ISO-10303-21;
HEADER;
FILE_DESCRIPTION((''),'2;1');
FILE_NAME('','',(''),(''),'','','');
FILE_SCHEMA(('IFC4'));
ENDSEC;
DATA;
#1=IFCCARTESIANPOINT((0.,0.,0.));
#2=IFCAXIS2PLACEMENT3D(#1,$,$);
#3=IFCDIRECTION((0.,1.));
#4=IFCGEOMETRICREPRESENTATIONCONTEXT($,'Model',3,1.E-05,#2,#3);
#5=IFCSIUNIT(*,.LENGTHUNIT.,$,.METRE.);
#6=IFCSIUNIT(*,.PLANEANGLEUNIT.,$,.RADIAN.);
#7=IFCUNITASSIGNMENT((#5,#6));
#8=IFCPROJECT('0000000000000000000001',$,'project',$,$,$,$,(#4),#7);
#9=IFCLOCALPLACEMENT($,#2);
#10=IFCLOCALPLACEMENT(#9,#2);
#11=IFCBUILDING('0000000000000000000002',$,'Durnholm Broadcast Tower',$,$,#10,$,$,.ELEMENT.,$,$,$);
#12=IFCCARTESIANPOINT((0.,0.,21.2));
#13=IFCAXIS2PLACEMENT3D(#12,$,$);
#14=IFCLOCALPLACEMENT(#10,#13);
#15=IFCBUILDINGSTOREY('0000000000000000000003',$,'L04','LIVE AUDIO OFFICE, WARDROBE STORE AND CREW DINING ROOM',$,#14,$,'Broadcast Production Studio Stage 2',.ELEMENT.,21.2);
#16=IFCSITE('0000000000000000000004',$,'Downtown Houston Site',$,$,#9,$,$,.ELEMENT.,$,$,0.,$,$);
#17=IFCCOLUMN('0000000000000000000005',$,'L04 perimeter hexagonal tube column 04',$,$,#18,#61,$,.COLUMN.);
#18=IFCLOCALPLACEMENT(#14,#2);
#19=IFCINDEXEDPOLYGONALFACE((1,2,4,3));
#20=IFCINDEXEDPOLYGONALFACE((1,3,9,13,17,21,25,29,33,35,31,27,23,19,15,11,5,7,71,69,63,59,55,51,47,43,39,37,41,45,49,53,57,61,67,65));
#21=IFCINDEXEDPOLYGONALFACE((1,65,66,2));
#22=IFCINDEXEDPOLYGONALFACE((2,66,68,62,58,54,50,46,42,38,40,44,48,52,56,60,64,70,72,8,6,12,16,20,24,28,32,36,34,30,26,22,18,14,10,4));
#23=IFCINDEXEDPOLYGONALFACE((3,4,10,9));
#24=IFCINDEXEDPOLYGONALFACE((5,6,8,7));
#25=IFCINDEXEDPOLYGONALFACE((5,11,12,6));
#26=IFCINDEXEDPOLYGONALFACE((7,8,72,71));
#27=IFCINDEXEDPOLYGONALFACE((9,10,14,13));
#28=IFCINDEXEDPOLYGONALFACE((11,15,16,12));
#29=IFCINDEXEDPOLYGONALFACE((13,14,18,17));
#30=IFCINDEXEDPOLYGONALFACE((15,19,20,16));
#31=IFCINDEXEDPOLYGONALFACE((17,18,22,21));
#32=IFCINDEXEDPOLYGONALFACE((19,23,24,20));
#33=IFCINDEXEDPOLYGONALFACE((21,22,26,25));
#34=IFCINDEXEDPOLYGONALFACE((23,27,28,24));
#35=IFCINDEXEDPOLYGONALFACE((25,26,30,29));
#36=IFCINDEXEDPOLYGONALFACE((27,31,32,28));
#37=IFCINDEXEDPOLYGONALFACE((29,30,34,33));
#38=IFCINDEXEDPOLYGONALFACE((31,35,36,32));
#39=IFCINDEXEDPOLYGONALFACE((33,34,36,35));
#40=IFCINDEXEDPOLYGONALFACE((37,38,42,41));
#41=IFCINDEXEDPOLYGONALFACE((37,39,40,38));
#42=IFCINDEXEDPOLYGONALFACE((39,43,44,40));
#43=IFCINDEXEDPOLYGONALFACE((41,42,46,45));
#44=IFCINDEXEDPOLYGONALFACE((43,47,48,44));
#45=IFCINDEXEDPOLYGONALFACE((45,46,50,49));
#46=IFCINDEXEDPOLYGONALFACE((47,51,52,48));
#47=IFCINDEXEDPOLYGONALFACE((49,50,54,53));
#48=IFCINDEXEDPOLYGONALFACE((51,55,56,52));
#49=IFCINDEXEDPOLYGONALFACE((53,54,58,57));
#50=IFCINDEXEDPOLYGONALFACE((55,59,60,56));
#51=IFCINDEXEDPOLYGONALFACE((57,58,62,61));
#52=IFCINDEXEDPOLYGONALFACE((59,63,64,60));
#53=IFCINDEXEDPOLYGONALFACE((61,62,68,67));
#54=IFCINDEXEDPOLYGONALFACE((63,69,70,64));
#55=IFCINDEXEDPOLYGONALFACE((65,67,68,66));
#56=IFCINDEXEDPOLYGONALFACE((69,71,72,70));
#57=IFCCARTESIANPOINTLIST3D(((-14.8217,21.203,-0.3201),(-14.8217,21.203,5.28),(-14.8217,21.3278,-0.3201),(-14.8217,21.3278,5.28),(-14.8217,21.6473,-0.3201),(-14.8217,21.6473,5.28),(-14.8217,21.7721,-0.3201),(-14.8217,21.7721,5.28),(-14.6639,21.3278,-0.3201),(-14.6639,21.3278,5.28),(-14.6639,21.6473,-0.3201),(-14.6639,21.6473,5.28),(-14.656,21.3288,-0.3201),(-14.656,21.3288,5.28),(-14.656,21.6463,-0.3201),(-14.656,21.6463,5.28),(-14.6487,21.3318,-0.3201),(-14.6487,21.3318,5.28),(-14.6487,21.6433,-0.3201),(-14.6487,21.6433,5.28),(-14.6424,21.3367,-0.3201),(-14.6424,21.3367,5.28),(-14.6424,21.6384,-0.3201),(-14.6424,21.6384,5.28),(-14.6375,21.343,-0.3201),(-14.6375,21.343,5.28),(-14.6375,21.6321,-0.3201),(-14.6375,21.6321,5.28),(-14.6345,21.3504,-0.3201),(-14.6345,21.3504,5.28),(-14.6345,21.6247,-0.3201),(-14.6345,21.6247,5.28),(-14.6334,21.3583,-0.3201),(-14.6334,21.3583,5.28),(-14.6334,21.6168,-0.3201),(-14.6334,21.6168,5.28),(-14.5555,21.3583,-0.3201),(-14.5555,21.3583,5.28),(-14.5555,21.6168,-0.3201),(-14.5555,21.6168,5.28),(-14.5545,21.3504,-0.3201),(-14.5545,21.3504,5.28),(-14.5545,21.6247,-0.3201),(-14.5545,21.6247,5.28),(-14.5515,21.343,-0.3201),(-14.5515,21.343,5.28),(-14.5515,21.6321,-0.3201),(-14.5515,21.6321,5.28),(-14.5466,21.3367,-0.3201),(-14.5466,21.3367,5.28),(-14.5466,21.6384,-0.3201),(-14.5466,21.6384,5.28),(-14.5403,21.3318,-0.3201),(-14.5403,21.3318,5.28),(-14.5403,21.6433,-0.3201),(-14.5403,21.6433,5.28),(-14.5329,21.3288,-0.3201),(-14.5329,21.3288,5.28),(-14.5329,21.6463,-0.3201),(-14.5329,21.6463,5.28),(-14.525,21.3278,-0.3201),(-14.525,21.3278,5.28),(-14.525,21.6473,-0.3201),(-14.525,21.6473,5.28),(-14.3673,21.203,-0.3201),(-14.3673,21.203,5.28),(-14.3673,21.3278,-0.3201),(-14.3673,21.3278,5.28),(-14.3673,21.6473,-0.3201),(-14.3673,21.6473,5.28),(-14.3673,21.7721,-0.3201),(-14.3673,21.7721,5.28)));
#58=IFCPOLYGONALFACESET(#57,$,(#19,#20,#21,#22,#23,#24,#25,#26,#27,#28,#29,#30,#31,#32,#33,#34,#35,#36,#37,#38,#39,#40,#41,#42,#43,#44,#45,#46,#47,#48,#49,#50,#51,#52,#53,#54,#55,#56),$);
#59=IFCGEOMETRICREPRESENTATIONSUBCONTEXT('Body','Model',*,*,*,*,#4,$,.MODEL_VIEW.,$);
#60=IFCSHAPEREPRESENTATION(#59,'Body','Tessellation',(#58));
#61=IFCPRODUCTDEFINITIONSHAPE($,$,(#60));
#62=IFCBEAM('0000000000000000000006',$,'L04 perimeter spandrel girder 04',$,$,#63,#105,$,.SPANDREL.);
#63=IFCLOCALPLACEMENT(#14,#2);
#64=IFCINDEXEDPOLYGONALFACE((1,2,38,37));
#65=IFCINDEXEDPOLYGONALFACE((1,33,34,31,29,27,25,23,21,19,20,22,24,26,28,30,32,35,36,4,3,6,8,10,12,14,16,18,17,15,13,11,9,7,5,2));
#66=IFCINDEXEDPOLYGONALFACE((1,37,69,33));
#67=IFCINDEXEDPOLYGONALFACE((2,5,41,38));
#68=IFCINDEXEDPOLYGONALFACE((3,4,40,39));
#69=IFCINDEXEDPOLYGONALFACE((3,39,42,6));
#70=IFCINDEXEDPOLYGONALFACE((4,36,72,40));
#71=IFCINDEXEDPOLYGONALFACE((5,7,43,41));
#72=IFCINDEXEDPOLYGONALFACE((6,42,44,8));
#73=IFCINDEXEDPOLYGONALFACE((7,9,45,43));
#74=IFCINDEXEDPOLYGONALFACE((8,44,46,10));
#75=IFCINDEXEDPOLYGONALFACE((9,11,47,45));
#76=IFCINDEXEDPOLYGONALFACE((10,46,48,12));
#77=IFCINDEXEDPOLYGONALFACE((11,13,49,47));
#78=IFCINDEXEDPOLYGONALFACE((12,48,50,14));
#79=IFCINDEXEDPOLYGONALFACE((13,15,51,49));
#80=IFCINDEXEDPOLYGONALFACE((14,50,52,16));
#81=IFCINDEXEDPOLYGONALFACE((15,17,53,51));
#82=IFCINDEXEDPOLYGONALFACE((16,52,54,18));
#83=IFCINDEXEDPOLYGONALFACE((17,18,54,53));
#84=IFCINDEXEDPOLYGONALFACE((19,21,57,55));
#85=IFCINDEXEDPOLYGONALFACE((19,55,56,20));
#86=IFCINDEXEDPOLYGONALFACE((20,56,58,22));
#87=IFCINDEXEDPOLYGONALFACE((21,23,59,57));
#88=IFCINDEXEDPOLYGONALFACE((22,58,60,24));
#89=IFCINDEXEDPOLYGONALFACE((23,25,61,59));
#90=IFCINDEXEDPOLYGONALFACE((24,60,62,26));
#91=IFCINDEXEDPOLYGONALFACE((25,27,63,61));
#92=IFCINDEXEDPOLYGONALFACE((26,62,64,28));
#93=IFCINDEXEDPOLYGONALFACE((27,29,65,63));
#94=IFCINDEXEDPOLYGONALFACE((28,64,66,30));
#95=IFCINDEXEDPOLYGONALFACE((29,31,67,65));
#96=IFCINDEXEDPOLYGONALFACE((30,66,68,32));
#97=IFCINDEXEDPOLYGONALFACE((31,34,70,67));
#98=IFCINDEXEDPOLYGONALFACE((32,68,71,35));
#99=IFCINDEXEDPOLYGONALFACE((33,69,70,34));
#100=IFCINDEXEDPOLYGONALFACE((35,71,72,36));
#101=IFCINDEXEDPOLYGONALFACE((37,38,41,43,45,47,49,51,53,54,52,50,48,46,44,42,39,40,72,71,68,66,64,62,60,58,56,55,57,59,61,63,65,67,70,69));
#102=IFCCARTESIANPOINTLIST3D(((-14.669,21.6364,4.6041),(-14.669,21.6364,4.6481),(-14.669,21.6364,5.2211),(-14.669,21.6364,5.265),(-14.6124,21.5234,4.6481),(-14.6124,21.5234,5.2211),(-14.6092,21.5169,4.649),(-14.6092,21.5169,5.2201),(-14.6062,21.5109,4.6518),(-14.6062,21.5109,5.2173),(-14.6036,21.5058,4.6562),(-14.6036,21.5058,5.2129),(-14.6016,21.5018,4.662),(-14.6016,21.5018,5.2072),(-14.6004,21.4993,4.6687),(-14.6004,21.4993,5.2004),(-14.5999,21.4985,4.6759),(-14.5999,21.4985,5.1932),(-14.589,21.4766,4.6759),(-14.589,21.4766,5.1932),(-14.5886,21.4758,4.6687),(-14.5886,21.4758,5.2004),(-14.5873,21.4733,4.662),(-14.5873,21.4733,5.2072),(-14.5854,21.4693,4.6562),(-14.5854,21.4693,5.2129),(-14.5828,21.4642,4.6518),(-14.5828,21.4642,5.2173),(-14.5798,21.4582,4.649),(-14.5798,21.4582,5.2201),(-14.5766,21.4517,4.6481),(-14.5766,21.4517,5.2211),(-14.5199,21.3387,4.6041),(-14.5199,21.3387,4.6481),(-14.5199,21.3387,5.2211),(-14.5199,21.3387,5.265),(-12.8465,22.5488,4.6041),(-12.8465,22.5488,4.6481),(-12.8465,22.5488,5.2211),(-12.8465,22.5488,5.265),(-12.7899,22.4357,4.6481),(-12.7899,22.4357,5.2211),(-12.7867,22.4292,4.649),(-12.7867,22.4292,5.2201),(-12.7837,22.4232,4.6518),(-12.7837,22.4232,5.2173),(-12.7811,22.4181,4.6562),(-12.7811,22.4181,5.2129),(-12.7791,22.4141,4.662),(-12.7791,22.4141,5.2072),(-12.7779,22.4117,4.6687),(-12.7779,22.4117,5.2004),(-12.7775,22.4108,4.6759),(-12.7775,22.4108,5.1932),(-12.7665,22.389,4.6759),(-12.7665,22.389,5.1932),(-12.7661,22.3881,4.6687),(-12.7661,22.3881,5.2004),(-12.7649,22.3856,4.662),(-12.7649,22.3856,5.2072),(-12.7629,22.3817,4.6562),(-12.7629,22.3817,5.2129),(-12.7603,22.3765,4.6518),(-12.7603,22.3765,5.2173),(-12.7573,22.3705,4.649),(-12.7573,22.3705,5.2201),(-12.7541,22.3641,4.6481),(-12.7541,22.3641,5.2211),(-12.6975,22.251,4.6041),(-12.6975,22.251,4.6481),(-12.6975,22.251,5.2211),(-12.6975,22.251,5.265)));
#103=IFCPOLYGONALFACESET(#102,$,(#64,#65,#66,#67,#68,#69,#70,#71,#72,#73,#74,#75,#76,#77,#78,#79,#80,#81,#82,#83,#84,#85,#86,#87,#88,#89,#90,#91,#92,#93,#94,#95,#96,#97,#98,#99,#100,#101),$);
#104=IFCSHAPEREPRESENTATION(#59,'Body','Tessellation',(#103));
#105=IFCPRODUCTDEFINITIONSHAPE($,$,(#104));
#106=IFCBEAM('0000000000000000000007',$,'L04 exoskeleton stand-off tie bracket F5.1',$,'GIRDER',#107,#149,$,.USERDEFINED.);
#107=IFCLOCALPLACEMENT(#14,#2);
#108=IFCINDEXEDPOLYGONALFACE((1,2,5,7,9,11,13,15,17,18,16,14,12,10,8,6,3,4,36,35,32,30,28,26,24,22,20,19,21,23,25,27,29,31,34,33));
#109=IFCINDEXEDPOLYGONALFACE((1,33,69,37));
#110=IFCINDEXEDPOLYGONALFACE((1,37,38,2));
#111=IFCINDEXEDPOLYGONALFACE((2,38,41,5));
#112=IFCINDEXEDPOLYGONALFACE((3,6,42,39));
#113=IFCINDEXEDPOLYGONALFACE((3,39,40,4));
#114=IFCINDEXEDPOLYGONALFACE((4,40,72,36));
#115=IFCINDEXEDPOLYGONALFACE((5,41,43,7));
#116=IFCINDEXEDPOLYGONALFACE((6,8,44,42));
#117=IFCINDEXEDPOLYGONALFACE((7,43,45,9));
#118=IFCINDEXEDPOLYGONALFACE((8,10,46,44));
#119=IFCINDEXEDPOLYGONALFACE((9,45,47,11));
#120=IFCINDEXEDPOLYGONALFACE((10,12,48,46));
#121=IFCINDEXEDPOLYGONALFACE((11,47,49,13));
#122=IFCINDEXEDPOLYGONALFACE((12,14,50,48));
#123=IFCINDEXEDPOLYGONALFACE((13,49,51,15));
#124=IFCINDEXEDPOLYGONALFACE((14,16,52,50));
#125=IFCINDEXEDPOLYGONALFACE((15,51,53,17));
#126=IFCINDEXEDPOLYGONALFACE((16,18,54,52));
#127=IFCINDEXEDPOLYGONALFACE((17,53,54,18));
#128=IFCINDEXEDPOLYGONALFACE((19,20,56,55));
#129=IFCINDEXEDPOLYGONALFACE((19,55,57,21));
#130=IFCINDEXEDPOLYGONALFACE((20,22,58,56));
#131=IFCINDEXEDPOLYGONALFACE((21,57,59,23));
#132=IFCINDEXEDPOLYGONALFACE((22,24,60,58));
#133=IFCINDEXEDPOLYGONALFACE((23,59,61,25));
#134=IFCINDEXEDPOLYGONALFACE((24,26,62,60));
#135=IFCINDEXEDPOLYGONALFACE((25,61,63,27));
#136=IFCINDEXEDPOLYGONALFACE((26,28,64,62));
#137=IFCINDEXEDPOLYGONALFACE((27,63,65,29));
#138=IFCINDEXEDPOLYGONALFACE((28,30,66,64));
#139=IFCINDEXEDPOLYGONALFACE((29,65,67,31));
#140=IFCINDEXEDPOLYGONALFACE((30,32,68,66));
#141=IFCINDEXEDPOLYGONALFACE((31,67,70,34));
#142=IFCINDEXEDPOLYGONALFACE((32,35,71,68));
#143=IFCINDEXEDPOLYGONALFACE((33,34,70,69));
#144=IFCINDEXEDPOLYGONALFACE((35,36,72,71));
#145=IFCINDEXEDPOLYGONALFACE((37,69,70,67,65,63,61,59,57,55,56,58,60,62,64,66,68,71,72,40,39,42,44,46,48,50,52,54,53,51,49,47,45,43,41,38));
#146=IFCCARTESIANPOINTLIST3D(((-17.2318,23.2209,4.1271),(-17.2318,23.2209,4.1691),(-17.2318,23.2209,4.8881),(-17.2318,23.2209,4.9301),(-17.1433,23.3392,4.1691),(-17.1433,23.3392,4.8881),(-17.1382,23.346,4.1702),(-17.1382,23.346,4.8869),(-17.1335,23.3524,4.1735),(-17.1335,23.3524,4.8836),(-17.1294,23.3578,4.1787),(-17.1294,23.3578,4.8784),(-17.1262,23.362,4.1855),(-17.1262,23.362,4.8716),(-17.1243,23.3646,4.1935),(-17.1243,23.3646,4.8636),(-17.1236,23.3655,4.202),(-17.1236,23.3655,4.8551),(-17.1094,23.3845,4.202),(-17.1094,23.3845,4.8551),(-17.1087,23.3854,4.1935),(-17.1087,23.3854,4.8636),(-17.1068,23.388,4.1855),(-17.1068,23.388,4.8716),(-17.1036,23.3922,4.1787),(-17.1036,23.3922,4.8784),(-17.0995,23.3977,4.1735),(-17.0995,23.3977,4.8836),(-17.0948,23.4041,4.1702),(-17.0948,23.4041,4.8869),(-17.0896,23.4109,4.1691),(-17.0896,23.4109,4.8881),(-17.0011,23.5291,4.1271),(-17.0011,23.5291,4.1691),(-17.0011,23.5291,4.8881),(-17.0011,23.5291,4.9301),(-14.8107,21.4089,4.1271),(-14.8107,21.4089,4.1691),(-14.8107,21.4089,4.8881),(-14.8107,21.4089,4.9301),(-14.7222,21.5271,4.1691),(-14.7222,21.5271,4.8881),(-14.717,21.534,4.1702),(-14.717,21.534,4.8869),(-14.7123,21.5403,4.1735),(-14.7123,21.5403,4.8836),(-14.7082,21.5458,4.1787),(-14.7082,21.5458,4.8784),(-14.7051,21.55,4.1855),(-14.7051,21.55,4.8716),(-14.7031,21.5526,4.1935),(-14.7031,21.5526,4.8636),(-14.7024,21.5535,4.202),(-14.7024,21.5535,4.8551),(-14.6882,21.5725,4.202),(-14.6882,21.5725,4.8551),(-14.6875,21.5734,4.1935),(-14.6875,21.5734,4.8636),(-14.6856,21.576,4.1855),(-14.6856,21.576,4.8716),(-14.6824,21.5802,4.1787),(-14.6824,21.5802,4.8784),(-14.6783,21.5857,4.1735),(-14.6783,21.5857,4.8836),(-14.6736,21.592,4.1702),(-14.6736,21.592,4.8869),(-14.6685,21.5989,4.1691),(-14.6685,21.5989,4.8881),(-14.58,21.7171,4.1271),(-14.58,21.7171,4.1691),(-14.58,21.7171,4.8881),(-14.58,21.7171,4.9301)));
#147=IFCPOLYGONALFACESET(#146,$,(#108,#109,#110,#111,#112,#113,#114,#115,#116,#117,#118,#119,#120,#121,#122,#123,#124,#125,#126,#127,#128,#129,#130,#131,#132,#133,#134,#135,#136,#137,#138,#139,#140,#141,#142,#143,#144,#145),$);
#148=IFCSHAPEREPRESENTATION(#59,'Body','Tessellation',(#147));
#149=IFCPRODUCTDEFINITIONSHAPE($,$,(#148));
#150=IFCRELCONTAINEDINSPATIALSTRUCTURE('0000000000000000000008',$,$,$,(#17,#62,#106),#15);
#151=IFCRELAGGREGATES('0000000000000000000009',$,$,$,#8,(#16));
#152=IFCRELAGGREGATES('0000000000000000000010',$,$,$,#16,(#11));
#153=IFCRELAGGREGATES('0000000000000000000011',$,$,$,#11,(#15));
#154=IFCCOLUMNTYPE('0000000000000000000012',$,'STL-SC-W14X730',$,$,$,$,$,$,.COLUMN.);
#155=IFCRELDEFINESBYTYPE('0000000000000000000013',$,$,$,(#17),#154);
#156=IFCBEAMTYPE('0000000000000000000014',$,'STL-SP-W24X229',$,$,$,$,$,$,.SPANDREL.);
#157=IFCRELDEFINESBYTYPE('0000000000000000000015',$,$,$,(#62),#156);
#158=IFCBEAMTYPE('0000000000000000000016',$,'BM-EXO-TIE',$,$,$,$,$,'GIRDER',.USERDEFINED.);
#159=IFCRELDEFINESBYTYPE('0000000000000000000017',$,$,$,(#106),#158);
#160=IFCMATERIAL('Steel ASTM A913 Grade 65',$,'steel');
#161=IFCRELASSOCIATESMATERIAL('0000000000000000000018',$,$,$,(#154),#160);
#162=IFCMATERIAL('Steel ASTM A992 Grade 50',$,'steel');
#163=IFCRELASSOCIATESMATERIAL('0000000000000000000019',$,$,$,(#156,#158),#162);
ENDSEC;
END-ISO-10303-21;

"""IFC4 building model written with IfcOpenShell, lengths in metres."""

from ifc_helpers import new_model, si_unit, direction, frame, origin, origin_2d, place, context, subcontext, project, spatial, i_section, extrude, source, transform, mapped, material, material_profile, profile_set, type_object, type_shapes, element, save


model = new_model("IFC4")

# Units and contexts
model_context = context("Model", 3, precision=1e-05, world=origin(), true_north=direction((0.0, 1.0)))
body_context = subcontext(model_context, "Body", "Model", "MODEL_VIEW")
ifc_project = project(units=[si_unit("LENGTHUNIT", "METRE"), si_unit("PLANEANGLEUNIT", "RADIAN")], contexts=[model_context])

# Site, building, storey
site_placement = place(None, origin())
site = spatial("IfcSite", under=ifc_project, at=site_placement, Name="Downtown Houston Site", CompositionType="ELEMENT", RefElevation=0.0)
building_placement = place(site_placement, origin())
building = spatial("IfcBuilding", under=site, at=building_placement, Name="Durnholm Broadcast Tower", CompositionType="ELEMENT")
storey_placement = place(building_placement, frame((0.0, 0.0, 21.2)))
storey = spatial("IfcBuildingStorey", under=building, at=storey_placement, Name="L04", Description="LIVE AUDIO OFFICE, WARDROBE STORE AND CREW DINING ROOM", LongName="Broadcast Production Studio Stage 2", CompositionType="ELEMENT", Elevation=21.2)

# Column
ifc_material_1 = material(Name="Steel ASTM A913 Grade 65", Category="steel")
ifc_material_profile_1 = material_profile(ifc_material_1, i_section(OverallWidth=0.4543, OverallDepth=0.5691, WebThickness=0.0779, FlangeThickness=0.1248, FilletRadius=0.0305, at=origin_2d()), Name="W14X730")
ifc_profile_set_1 = profile_set([ifc_material_profile_1], Name="Steel ASTM A913 Grade 65")
column_type = type_object("IfcColumnType", Name="STL-SC-W14X730", PredefinedType="COLUMN", material=ifc_profile_set_1)
shared_shape_1 = source(origin(), body_context, "Body", "SweptSolid", [
    extrude(i_section(OverallWidth=0.4543, OverallDepth=0.5691, WebThickness=0.0779, FlangeThickness=0.1248, FilletRadius=0.0305, at=origin_2d()), origin(), (0.0, 0.0, 1.0), 5.6001),
])
type_shapes(column_type, [shared_shape_1])
column_placement = place(storey_placement, frame((-14.5945, 21.4875, -0.3201), z_axis=(0.0, 0.0, 1.0), x_axis=(1.0, 0.0, 0.0)))
element("IfcColumn", 1, at=column_placement, inside=storey, type_object=column_type, Name="L04 perimeter hexagonal tube column 04", PredefinedType="COLUMN", context=body_context, shape_type="MappedRepresentation", body=[
    mapped(shared_shape_1, transform((0.0, 0.0, 0.0), x_axis=(1.0, 0.0, 0.0), y_axis=(0.0, 1.0, 0.0), z_axis=(0.0, 0.0, 1.0), scale=1.0)),
])

# Beams
ifc_material_2 = material(Name="Steel ASTM A992 Grade 50", Category="steel")
ifc_material_profile_2 = material_profile(ifc_material_2, i_section(OverallWidth=0.333, OverallDepth=0.6609, WebThickness=0.0244, FlangeThickness=0.0439, FilletRadius=0.0278, at=origin_2d()), Name="W24X229")
ifc_profile_set_2 = profile_set([ifc_material_profile_2], Name="Steel ASTM A992 Grade 50")
beam_type_1 = type_object("IfcBeamType", Name="STL-SP-W24X229", PredefinedType="SPANDREL", material=ifc_profile_set_2)
shared_shape_2 = source(origin(), body_context, "Body", "SweptSolid", [
    extrude(i_section(OverallWidth=0.333, OverallDepth=0.6609, WebThickness=0.0244, FlangeThickness=0.0439, FilletRadius=0.0278, at=origin_2d()), origin(), (0.0, 0.0, 1.0), 2.0381),
])
type_shapes(beam_type_1, [shared_shape_2])
beam_1_placement = place(storey_placement, frame((-14.5945, 21.4875, 4.9346), z_axis=(0.894211, 0.447645, 0.0), x_axis=(-0.447645, 0.894211, 0.0)))
element("IfcBeam", 2, at=beam_1_placement, inside=storey, type_object=beam_type_1, Name="L04 perimeter spandrel girder 04", PredefinedType="SPANDREL", context=body_context, shape_type="MappedRepresentation", body=[
    mapped(shared_shape_2, transform((0.0, 0.0, 0.0), x_axis=(1.0, 0.0, 0.0), y_axis=(0.0, 1.0, 0.0), z_axis=(0.0, 0.0, 1.0), scale=1.0)),
])
ifc_material_profile_3 = material_profile(ifc_material_2, i_section(OverallWidth=0.385, OverallDepth=0.803, WebThickness=0.0237, FlangeThickness=0.042, FilletRadius=0.033, at=origin_2d()), Name="W30X261")
ifc_profile_set_3 = profile_set([ifc_material_profile_3], Name="Steel ASTM A992 Grade 50")
beam_type_2 = type_object("IfcBeamType", Name="BM-EXO-TIE", ElementType="GIRDER", PredefinedType="USERDEFINED", material=ifc_profile_set_3)
shared_shape_3 = source(origin(), body_context, "Body", "SweptSolid", [
    extrude(i_section(OverallWidth=0.385, OverallDepth=0.803, WebThickness=0.0237, FlangeThickness=0.042, FilletRadius=0.033, at=origin_2d()), origin(), (0.0, 0.0, 1.0), 3.0242),
])
beam_2_placement = place(storey_placement, frame((-14.6953, 21.563, 4.5286), z_axis=(-0.80061, 0.599186, 0.0), x_axis=(-0.599186, -0.80061, 0.0)))
element("IfcBeam", 3, at=beam_2_placement, inside=storey, type_object=beam_type_2, Name="L04 exoskeleton stand-off tie bracket F5.1", ObjectType="GIRDER", PredefinedType="USERDEFINED", context=body_context, shape_type="MappedRepresentation", body=[
    mapped(shared_shape_3, transform((0.0, 0.0, 0.0), x_axis=(1.0, 0.0, 0.0), y_axis=(0.0, 1.0, 0.0), z_axis=(0.0, 0.0, 1.0), scale=1.0)),
])

save(model, "model.ifc")
